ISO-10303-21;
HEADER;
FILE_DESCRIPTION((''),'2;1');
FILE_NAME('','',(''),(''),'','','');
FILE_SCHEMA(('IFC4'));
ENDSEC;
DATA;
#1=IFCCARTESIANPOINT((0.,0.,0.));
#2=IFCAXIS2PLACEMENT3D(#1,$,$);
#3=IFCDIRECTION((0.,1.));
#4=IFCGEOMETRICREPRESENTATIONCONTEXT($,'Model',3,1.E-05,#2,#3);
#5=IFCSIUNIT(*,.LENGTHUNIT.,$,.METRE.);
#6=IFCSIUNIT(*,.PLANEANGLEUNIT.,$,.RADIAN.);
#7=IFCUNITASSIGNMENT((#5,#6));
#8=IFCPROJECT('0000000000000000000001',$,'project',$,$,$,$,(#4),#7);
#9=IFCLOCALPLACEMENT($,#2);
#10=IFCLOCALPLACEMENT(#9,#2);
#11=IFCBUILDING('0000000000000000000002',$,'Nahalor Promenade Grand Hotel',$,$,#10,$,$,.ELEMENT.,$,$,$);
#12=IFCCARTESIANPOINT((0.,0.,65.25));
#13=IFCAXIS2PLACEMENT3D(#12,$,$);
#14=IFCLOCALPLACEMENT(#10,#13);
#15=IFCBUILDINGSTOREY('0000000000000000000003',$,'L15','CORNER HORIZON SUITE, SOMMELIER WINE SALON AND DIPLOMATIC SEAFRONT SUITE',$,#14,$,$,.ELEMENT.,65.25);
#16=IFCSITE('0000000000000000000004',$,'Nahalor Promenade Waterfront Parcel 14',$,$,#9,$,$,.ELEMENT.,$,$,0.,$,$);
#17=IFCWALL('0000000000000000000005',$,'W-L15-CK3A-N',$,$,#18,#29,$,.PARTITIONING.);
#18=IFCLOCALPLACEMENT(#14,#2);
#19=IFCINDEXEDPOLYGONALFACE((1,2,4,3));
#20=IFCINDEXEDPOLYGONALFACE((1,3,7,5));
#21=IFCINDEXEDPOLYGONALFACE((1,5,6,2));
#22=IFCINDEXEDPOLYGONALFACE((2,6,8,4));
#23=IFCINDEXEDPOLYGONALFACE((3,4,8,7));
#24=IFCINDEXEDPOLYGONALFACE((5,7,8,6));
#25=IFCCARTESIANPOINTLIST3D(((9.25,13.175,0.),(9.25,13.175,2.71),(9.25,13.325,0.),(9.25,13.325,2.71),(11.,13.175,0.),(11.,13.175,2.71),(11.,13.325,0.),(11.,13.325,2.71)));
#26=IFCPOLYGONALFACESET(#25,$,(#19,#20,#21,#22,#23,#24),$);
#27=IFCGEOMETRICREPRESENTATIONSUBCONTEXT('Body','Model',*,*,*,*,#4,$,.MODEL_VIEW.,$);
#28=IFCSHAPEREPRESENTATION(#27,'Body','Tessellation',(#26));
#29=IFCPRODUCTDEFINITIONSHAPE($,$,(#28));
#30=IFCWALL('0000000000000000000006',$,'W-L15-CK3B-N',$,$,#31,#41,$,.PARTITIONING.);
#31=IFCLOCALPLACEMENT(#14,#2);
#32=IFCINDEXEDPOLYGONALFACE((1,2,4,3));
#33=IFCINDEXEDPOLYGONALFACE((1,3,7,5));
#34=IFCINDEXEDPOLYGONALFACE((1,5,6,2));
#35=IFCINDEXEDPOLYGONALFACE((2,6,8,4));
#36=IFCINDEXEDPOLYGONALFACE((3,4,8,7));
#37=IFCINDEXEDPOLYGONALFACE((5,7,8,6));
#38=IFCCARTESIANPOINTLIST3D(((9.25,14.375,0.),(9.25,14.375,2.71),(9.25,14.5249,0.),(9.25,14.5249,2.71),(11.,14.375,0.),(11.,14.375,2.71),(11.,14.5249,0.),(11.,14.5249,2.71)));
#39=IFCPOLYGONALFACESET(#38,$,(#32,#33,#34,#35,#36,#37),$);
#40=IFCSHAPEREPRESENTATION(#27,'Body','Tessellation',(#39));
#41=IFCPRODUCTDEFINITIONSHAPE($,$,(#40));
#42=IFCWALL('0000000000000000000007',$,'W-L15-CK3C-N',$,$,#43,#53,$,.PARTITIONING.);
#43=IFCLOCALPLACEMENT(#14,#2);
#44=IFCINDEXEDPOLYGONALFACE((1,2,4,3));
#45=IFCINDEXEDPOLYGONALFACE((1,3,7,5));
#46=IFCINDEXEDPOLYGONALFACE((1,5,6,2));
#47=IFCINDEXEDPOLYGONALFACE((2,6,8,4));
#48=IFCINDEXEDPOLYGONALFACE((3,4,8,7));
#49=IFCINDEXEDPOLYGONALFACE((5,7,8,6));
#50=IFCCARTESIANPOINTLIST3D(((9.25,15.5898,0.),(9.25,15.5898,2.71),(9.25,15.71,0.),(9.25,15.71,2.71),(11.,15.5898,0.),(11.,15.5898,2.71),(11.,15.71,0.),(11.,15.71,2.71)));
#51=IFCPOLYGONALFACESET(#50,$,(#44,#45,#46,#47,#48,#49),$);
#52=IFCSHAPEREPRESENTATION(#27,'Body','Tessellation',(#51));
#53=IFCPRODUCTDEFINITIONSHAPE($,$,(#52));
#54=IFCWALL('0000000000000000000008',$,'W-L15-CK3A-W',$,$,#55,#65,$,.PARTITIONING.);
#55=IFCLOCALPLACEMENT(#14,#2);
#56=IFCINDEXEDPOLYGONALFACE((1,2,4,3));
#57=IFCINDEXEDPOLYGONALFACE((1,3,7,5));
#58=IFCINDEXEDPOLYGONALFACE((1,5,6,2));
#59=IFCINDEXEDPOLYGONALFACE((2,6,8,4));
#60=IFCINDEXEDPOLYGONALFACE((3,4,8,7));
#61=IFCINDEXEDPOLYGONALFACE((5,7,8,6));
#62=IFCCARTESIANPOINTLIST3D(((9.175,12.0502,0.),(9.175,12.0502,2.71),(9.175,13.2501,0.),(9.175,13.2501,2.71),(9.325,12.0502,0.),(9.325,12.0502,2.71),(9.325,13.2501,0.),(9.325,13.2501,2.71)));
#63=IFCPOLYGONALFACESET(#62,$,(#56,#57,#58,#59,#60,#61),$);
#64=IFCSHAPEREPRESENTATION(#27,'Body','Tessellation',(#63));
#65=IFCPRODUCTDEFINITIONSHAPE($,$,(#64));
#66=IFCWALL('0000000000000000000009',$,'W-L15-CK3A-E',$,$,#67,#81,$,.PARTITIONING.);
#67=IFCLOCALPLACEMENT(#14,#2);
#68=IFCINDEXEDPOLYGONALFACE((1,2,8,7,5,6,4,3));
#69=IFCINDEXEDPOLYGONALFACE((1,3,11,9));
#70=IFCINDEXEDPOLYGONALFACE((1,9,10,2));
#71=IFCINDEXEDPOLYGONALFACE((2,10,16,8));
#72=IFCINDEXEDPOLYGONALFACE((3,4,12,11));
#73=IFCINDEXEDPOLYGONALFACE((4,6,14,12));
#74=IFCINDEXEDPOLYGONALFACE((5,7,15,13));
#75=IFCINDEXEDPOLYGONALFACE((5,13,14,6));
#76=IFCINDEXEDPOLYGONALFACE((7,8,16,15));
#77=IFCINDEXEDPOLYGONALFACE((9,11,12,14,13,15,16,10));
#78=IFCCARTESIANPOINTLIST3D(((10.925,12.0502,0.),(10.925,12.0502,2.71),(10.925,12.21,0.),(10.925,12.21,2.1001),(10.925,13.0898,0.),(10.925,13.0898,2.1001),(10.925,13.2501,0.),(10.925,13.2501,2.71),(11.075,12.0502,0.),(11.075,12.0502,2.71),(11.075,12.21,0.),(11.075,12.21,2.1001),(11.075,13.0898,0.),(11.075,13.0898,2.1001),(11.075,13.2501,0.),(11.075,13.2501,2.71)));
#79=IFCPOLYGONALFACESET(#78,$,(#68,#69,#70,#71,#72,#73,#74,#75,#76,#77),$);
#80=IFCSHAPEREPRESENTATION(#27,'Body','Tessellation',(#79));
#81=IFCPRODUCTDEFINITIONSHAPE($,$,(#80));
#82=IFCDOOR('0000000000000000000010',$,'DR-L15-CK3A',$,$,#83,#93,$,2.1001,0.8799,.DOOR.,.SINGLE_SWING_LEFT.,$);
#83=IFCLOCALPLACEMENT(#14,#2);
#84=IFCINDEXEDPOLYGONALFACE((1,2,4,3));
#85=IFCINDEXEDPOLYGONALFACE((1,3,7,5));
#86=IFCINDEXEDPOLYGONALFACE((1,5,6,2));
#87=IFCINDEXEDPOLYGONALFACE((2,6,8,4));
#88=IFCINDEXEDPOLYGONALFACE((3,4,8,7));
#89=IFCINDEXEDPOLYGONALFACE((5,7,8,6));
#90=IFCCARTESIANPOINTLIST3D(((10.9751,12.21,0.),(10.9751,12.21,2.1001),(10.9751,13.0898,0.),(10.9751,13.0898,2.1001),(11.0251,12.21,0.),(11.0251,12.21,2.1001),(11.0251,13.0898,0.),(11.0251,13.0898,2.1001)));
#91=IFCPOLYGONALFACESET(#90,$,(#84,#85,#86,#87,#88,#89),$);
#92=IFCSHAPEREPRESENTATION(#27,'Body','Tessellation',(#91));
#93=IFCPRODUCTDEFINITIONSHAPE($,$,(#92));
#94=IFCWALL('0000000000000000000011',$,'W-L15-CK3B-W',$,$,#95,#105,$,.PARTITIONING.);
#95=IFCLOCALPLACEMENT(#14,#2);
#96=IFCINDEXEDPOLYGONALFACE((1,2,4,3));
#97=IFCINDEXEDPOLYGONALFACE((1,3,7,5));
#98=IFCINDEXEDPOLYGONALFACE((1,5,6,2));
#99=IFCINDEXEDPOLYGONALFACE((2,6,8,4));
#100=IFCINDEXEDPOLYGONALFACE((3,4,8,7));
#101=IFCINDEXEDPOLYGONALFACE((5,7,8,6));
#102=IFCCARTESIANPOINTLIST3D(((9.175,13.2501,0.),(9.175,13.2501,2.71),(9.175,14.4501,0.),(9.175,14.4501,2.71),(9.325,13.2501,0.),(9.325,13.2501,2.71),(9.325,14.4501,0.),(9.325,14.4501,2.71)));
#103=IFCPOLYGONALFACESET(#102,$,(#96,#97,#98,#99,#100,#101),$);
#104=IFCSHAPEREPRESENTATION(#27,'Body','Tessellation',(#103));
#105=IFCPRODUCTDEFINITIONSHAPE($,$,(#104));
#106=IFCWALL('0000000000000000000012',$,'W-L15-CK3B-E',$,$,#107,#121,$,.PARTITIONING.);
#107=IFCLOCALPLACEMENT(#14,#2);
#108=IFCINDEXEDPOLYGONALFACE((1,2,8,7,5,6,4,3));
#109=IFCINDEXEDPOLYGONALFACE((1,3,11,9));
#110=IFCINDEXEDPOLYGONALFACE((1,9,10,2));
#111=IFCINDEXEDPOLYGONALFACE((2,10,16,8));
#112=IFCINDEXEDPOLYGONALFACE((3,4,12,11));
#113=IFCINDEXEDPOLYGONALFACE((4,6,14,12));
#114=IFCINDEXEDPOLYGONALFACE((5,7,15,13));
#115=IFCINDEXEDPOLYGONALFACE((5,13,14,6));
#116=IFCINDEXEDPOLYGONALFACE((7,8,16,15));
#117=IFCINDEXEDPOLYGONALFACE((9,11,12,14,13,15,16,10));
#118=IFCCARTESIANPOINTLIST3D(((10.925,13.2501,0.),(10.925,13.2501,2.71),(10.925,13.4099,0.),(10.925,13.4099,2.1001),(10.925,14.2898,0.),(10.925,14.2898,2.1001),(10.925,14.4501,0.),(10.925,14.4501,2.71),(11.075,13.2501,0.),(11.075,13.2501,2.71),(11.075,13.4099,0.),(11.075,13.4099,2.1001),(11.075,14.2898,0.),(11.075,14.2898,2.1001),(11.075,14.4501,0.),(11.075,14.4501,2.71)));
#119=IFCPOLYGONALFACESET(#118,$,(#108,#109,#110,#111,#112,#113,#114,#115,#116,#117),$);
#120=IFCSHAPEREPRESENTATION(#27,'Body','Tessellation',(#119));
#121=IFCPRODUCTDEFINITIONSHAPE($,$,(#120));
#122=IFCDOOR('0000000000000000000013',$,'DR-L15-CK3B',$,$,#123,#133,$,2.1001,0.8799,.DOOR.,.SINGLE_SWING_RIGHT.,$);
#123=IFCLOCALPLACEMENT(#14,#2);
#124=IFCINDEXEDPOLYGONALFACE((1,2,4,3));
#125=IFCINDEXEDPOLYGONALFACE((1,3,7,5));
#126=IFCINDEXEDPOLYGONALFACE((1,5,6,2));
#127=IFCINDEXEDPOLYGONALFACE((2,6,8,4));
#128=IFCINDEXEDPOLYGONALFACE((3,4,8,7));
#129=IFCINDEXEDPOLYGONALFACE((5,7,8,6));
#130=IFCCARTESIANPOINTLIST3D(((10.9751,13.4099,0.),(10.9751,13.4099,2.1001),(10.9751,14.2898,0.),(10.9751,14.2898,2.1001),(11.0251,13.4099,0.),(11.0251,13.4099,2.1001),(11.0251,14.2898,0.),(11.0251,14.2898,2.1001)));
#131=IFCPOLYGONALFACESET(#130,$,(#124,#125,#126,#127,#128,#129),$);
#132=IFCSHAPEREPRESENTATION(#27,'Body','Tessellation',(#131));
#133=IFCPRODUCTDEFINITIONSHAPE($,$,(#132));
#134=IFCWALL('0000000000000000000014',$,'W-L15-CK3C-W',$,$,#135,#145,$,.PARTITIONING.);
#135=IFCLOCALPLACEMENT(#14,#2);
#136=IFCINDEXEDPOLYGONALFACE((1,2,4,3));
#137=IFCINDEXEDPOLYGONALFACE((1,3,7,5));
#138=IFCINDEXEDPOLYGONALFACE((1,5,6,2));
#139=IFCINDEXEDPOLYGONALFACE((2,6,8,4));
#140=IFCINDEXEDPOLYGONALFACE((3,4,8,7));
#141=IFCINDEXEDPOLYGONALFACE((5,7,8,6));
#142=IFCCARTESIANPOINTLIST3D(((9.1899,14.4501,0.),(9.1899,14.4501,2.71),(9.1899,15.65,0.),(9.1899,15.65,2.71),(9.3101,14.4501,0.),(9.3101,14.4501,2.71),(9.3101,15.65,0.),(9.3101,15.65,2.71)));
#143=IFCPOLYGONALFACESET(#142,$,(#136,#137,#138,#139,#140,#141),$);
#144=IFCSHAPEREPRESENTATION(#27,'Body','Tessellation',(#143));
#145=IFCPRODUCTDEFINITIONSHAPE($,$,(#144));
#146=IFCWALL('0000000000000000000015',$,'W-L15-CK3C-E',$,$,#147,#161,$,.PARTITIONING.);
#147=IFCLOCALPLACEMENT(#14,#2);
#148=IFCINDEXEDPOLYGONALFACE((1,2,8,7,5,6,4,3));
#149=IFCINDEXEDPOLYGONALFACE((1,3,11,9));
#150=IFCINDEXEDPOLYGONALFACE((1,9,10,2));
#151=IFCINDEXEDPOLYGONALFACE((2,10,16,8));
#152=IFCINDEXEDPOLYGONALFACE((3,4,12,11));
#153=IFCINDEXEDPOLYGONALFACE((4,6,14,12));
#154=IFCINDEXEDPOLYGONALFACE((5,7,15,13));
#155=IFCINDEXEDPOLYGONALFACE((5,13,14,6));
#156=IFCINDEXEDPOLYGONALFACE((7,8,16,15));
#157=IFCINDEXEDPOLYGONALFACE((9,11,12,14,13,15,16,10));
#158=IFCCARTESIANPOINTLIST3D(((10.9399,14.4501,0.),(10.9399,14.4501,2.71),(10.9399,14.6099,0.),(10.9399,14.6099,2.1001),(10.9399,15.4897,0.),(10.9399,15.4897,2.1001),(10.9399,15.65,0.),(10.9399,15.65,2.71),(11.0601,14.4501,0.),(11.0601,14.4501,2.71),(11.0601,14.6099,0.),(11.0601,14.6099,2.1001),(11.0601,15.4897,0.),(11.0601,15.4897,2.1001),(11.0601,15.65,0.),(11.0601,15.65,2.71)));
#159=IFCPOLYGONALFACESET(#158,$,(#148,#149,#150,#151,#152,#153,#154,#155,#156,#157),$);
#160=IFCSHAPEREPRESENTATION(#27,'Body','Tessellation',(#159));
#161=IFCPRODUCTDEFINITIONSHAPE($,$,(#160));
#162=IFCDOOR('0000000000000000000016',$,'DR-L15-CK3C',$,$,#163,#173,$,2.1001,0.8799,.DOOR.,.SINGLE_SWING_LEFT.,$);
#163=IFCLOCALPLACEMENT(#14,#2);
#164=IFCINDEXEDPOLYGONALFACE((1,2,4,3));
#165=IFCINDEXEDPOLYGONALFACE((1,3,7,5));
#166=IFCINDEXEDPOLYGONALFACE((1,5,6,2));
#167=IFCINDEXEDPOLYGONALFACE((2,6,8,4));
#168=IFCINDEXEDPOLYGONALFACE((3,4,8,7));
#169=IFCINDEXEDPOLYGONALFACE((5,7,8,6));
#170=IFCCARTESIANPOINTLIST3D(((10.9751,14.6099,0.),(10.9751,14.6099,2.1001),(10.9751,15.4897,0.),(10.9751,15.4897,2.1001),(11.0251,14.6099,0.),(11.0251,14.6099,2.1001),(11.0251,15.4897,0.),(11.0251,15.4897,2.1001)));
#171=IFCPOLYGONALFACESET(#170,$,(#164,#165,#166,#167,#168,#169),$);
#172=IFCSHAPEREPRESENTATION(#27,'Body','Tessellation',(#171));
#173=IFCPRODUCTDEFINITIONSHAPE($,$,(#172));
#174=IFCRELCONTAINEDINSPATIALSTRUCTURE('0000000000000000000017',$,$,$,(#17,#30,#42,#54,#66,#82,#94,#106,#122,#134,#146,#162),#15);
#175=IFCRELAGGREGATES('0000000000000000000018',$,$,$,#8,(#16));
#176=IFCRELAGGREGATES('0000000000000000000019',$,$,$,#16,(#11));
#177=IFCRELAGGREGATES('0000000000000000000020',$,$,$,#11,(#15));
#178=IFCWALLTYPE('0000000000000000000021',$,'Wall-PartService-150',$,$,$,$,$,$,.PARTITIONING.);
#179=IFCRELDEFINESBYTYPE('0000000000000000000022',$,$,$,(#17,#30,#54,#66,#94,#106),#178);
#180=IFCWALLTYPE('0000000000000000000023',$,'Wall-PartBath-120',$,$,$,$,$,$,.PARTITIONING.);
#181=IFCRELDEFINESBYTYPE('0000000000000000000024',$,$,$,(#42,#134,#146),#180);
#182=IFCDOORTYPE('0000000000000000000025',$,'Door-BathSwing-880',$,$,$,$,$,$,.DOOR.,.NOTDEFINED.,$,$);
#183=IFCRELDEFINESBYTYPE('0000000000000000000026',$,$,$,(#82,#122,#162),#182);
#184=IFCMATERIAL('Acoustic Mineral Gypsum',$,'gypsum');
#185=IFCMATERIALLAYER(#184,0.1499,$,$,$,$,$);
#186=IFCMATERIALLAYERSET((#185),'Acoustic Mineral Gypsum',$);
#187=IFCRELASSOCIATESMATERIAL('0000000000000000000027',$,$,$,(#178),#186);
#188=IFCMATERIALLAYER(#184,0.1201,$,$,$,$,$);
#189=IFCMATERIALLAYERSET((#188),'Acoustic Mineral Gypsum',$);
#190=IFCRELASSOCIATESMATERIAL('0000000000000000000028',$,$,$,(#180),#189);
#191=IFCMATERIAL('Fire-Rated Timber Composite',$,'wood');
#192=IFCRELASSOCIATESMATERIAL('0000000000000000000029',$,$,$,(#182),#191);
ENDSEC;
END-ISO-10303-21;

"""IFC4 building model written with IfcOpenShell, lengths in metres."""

from ifc_helpers import new_model, si_unit, direction, frame, frame_2d, origin, place, context, subcontext, project, spatial, rectangle, extrude, source, transform, mapped, material, layer, layer_set, type_object, element, fill, save


model = new_model("IFC4")

# Units and contexts
model_context = context("Model", 3, precision=1e-05, world=origin(), true_north=direction((0.0, 1.0)))
body_context = subcontext(model_context, "Body", "Model", "MODEL_VIEW")
ifc_project = project(units=[si_unit("LENGTHUNIT", "METRE"), si_unit("PLANEANGLEUNIT", "RADIAN")], contexts=[model_context])

# Site, building, storey
site_placement = place(None, origin())
site = spatial("IfcSite", under=ifc_project, at=site_placement, Name="Nahalor Promenade Waterfront Parcel 14", CompositionType="ELEMENT", RefElevation=0.0)
building_placement = place(site_placement, origin())
building = spatial("IfcBuilding", under=site, at=building_placement, Name="Nahalor Promenade Grand Hotel", CompositionType="ELEMENT")
storey_placement = place(building_placement, frame((0.0, 0.0, 65.25)))
storey = spatial("IfcBuildingStorey", under=building, at=storey_placement, Name="L15", Description="CORNER HORIZON SUITE, SOMMELIER WINE SALON AND DIPLOMATIC SEAFRONT SUITE", CompositionType="ELEMENT", Elevation=65.25)

# Walls
ifc_material_1 = material(Name="Acoustic Mineral Gypsum", Category="gypsum")
ifc_layer_1 = layer(ifc_material_1, 0.1499)
ifc_layer_set_1 = layer_set([ifc_layer_1], Name="Acoustic Mineral Gypsum")
wall_type_1 = type_object("IfcWallType", Name="Wall-PartService-150", PredefinedType="PARTITIONING", material=ifc_layer_set_1)
shared_shape_1 = source(origin(), body_context, "Body", "SweptSolid", [
    extrude(rectangle(XDim=1.75, YDim=0.1499, at=frame_2d((0.875, 0.0))), origin(), (0.0, 0.0, 1.0), 2.71),
])
for number, where, z_axis, x_axis, name in (
    (1, (9.25, 13.25, 0.0), (0.0, 0.0, 1.0), (1.0, 0.0, 0.0), "W-L15-CK3A-N"),
    (2, (9.25, 14.45, 0.0), (0.0, 0.0, 1.0), (1.0, 0.0, 0.0), "W-L15-CK3B-N"),
):
    element("IfcWall", number, at=place(storey_placement, frame(where, z_axis=z_axis, x_axis=x_axis)), inside=storey, type_object=wall_type_1, Name=name, PredefinedType="PARTITIONING", context=body_context, shape_type="MappedRepresentation", body=[
        mapped(shared_shape_1, transform((0.0, 0.0, 0.0), scale=1.0)),
    ])
ifc_layer_2 = layer(ifc_material_1, 0.1201)
ifc_layer_set_2 = layer_set([ifc_layer_2], Name="Acoustic Mineral Gypsum")
wall_type_2 = type_object("IfcWallType", Name="Wall-PartBath-120", PredefinedType="PARTITIONING", material=ifc_layer_set_2)
shared_shape_2 = source(origin(), body_context, "Body", "SweptSolid", [
    extrude(rectangle(XDim=1.75, YDim=0.1201, at=frame_2d((0.875, 0.0))), origin(), (0.0, 0.0, 1.0), 2.71),
])
wall_1_placement = place(storey_placement, frame((9.25, 15.6499, 0.0), z_axis=(0.0, 0.0, 1.0), x_axis=(1.0, 0.0, 0.0)))
element("IfcWall", 3, at=wall_1_placement, inside=storey, type_object=wall_type_2, Name="W-L15-CK3C-N", PredefinedType="PARTITIONING", context=body_context, shape_type="MappedRepresentation", body=[
    mapped(shared_shape_2, transform((0.0, 0.0, 0.0), scale=1.0)),
])
shared_shape_3 = source(origin(), body_context, "Body", "SweptSolid", [
    extrude(rectangle(XDim=1.2, YDim=0.1499, at=frame_2d((0.6001, 0.0))), origin(), (0.0, 0.0, 1.0), 2.71),
])
wall_2_placement = place(storey_placement, frame((9.25, 12.05, 0.0), z_axis=(0.0, 0.0, 1.0), x_axis=(0.0, 1.0, 0.0)))
element("IfcWall", 4, at=wall_2_placement, inside=storey, type_object=wall_type_1, Name="W-L15-CK3A-W", PredefinedType="PARTITIONING", context=body_context, shape_type="MappedRepresentation", body=[
    mapped(shared_shape_3, transform((0.0, 0.0, 0.0), scale=1.0)),
])

# Wall, opening, door
wall_3_placement = place(storey_placement, frame((11.0, 12.05, 0.0), z_axis=(0.0, 0.0, 1.0), x_axis=(0.0, 1.0, 0.0)))
wall_3 = element("IfcWall", 5, at=wall_3_placement, inside=storey, type_object=wall_type_1, Name="W-L15-CK3A-E", PredefinedType="PARTITIONING", context=body_context, shape_type="MappedRepresentation", body=[
    mapped(shared_shape_3, transform((0.0, 0.0, 0.0), scale=1.0)),
])
opening_1_placement = place(wall_3_placement, frame((0.1599, 0.0, 0.0)))
opening_1 = element("IfcOpeningElement", 6, at=opening_1_placement, cuts=wall_3, PredefinedType="OPENING", context=body_context, shape_type="SweptSolid", body=[
    extrude(rectangle(XDim=0.8799, YDim=2.1001, at=frame_2d((0.4399, 1.05))), frame((0.0, 0.085, 0.0), z_axis=(0.0, -1.0, 0.0), x_axis=(1.0, 0.0, 0.0)), (0.0, 0.0, 1.0), 0.1699),
])
ifc_material_2 = material(Name="Fire-Rated Timber Composite", Category="wood")
door_type_1 = type_object("IfcDoorType", Name="Door-BathSwing-880", OperationType="NOTDEFINED", PredefinedType="DOOR", material=ifc_material_2)
shared_shape_4 = source(origin(), body_context, "Body", "SweptSolid", [
    extrude(rectangle(XDim=0.8799, YDim=2.1001, at=frame_2d((0.4399, 1.05))), frame((0.0, 0.0249, 0.0), z_axis=(0.0, -1.0, 0.0), x_axis=(1.0, 0.0, 0.0)), (0.0, 0.0, 1.0), 0.05),
])
door_1_placement = place(opening_1_placement, origin())
door_1 = element("IfcDoor", 7, at=door_1_placement, inside=storey, type_object=door_type_1, Name="DR-L15-CK3A", OperationType="SINGLE_SWING_LEFT", OverallHeight=2.1001, OverallWidth=0.8799, PredefinedType="DOOR", context=body_context, shape_type="MappedRepresentation", body=[
    mapped(shared_shape_4, transform((0.0, 0.0, 0.0), scale=1.0)),
])
fill(opening_1, door_1)

# Wall
wall_4_placement = place(storey_placement, frame((9.25, 13.25, 0.0), z_axis=(0.0, 0.0, 1.0), x_axis=(0.0, 1.0, 0.0)))
element("IfcWall", 8, at=wall_4_placement, inside=storey, type_object=wall_type_1, Name="W-L15-CK3B-W", PredefinedType="PARTITIONING", context=body_context, shape_type="MappedRepresentation", body=[
    mapped(shared_shape_3, transform((0.0, 0.0, 0.0), scale=1.0)),
])

# Wall, opening, door
wall_5_placement = place(storey_placement, frame((11.0, 13.25, 0.0), z_axis=(0.0, 0.0, 1.0), x_axis=(0.0, 1.0, 0.0)))
wall_5 = element("IfcWall", 9, at=wall_5_placement, inside=storey, type_object=wall_type_1, Name="W-L15-CK3B-E", PredefinedType="PARTITIONING", context=body_context, shape_type="MappedRepresentation", body=[
    mapped(shared_shape_3, transform((0.0, 0.0, 0.0), scale=1.0)),
])
opening_2_placement = place(wall_5_placement, frame((0.1599, 0.0, 0.0)))
opening_2 = element("IfcOpeningElement", 10, at=opening_2_placement, cuts=wall_5, PredefinedType="OPENING", context=body_context, shape_type="SweptSolid", body=[
    extrude(rectangle(XDim=0.8799, YDim=2.1001, at=frame_2d((0.4399, 1.05))), frame((0.0, 0.085, 0.0), z_axis=(0.0, -1.0, 0.0), x_axis=(1.0, 0.0, 0.0)), (0.0, 0.0, 1.0), 0.1699),
])
door_2_placement = place(opening_2_placement, origin())
door_2 = element("IfcDoor", 11, at=door_2_placement, inside=storey, type_object=door_type_1, Name="DR-L15-CK3B", OperationType="SINGLE_SWING_RIGHT", OverallHeight=2.1001, OverallWidth=0.8799, PredefinedType="DOOR", context=body_context, shape_type="MappedRepresentation", body=[
    mapped(shared_shape_4, transform((0.0, 0.0, 0.0), scale=1.0)),
])
fill(opening_2, door_2)

# Wall
shared_shape_5 = source(origin(), body_context, "Body", "SweptSolid", [
    extrude(rectangle(XDim=1.2, YDim=0.1201, at=frame_2d((0.6001, 0.0))), origin(), (0.0, 0.0, 1.0), 2.71),
])
wall_6_placement = place(storey_placement, frame((9.25, 14.45, 0.0), z_axis=(0.0, 0.0, 1.0), x_axis=(0.0, 1.0, 0.0)))
element("IfcWall", 12, at=wall_6_placement, inside=storey, type_object=wall_type_2, Name="W-L15-CK3C-W", PredefinedType="PARTITIONING", context=body_context, shape_type="MappedRepresentation", body=[
    mapped(shared_shape_5, transform((0.0, 0.0, 0.0), scale=1.0)),
])

# Wall, opening, door
wall_7_placement = place(storey_placement, frame((11.0, 14.45, 0.0), z_axis=(0.0, 0.0, 1.0), x_axis=(0.0, 1.0, 0.0)))
wall_7 = element("IfcWall", 13, at=wall_7_placement, inside=storey, type_object=wall_type_2, Name="W-L15-CK3C-E", PredefinedType="PARTITIONING", context=body_context, shape_type="MappedRepresentation", body=[
    mapped(shared_shape_5, transform((0.0, 0.0, 0.0), scale=1.0)),
])
opening_3_placement = place(wall_7_placement, frame((0.1599, 0.0, 0.0)))
opening_3 = element("IfcOpeningElement", 14, at=opening_3_placement, cuts=wall_7, PredefinedType="OPENING", context=body_context, shape_type="SweptSolid", body=[
    extrude(rectangle(XDim=0.8799, YDim=2.1001, at=frame_2d((0.4399, 1.05))), frame((0.0, 0.0701, 0.0), z_axis=(0.0, -1.0, 0.0), x_axis=(1.0, 0.0, 0.0)), (0.0, 0.0, 1.0), 0.1401),
])
door_3_placement = place(opening_3_placement, origin())
door_3 = element("IfcDoor", 15, at=door_3_placement, inside=storey, type_object=door_type_1, Name="DR-L15-CK3C", OperationType="SINGLE_SWING_LEFT", OverallHeight=2.1001, OverallWidth=0.8799, PredefinedType="DOOR", context=body_context, shape_type="MappedRepresentation", body=[
    mapped(shared_shape_4, transform((0.0, 0.0, 0.0), scale=1.0)),
])
fill(opening_3, door_3)

save(model, "model.ifc")
